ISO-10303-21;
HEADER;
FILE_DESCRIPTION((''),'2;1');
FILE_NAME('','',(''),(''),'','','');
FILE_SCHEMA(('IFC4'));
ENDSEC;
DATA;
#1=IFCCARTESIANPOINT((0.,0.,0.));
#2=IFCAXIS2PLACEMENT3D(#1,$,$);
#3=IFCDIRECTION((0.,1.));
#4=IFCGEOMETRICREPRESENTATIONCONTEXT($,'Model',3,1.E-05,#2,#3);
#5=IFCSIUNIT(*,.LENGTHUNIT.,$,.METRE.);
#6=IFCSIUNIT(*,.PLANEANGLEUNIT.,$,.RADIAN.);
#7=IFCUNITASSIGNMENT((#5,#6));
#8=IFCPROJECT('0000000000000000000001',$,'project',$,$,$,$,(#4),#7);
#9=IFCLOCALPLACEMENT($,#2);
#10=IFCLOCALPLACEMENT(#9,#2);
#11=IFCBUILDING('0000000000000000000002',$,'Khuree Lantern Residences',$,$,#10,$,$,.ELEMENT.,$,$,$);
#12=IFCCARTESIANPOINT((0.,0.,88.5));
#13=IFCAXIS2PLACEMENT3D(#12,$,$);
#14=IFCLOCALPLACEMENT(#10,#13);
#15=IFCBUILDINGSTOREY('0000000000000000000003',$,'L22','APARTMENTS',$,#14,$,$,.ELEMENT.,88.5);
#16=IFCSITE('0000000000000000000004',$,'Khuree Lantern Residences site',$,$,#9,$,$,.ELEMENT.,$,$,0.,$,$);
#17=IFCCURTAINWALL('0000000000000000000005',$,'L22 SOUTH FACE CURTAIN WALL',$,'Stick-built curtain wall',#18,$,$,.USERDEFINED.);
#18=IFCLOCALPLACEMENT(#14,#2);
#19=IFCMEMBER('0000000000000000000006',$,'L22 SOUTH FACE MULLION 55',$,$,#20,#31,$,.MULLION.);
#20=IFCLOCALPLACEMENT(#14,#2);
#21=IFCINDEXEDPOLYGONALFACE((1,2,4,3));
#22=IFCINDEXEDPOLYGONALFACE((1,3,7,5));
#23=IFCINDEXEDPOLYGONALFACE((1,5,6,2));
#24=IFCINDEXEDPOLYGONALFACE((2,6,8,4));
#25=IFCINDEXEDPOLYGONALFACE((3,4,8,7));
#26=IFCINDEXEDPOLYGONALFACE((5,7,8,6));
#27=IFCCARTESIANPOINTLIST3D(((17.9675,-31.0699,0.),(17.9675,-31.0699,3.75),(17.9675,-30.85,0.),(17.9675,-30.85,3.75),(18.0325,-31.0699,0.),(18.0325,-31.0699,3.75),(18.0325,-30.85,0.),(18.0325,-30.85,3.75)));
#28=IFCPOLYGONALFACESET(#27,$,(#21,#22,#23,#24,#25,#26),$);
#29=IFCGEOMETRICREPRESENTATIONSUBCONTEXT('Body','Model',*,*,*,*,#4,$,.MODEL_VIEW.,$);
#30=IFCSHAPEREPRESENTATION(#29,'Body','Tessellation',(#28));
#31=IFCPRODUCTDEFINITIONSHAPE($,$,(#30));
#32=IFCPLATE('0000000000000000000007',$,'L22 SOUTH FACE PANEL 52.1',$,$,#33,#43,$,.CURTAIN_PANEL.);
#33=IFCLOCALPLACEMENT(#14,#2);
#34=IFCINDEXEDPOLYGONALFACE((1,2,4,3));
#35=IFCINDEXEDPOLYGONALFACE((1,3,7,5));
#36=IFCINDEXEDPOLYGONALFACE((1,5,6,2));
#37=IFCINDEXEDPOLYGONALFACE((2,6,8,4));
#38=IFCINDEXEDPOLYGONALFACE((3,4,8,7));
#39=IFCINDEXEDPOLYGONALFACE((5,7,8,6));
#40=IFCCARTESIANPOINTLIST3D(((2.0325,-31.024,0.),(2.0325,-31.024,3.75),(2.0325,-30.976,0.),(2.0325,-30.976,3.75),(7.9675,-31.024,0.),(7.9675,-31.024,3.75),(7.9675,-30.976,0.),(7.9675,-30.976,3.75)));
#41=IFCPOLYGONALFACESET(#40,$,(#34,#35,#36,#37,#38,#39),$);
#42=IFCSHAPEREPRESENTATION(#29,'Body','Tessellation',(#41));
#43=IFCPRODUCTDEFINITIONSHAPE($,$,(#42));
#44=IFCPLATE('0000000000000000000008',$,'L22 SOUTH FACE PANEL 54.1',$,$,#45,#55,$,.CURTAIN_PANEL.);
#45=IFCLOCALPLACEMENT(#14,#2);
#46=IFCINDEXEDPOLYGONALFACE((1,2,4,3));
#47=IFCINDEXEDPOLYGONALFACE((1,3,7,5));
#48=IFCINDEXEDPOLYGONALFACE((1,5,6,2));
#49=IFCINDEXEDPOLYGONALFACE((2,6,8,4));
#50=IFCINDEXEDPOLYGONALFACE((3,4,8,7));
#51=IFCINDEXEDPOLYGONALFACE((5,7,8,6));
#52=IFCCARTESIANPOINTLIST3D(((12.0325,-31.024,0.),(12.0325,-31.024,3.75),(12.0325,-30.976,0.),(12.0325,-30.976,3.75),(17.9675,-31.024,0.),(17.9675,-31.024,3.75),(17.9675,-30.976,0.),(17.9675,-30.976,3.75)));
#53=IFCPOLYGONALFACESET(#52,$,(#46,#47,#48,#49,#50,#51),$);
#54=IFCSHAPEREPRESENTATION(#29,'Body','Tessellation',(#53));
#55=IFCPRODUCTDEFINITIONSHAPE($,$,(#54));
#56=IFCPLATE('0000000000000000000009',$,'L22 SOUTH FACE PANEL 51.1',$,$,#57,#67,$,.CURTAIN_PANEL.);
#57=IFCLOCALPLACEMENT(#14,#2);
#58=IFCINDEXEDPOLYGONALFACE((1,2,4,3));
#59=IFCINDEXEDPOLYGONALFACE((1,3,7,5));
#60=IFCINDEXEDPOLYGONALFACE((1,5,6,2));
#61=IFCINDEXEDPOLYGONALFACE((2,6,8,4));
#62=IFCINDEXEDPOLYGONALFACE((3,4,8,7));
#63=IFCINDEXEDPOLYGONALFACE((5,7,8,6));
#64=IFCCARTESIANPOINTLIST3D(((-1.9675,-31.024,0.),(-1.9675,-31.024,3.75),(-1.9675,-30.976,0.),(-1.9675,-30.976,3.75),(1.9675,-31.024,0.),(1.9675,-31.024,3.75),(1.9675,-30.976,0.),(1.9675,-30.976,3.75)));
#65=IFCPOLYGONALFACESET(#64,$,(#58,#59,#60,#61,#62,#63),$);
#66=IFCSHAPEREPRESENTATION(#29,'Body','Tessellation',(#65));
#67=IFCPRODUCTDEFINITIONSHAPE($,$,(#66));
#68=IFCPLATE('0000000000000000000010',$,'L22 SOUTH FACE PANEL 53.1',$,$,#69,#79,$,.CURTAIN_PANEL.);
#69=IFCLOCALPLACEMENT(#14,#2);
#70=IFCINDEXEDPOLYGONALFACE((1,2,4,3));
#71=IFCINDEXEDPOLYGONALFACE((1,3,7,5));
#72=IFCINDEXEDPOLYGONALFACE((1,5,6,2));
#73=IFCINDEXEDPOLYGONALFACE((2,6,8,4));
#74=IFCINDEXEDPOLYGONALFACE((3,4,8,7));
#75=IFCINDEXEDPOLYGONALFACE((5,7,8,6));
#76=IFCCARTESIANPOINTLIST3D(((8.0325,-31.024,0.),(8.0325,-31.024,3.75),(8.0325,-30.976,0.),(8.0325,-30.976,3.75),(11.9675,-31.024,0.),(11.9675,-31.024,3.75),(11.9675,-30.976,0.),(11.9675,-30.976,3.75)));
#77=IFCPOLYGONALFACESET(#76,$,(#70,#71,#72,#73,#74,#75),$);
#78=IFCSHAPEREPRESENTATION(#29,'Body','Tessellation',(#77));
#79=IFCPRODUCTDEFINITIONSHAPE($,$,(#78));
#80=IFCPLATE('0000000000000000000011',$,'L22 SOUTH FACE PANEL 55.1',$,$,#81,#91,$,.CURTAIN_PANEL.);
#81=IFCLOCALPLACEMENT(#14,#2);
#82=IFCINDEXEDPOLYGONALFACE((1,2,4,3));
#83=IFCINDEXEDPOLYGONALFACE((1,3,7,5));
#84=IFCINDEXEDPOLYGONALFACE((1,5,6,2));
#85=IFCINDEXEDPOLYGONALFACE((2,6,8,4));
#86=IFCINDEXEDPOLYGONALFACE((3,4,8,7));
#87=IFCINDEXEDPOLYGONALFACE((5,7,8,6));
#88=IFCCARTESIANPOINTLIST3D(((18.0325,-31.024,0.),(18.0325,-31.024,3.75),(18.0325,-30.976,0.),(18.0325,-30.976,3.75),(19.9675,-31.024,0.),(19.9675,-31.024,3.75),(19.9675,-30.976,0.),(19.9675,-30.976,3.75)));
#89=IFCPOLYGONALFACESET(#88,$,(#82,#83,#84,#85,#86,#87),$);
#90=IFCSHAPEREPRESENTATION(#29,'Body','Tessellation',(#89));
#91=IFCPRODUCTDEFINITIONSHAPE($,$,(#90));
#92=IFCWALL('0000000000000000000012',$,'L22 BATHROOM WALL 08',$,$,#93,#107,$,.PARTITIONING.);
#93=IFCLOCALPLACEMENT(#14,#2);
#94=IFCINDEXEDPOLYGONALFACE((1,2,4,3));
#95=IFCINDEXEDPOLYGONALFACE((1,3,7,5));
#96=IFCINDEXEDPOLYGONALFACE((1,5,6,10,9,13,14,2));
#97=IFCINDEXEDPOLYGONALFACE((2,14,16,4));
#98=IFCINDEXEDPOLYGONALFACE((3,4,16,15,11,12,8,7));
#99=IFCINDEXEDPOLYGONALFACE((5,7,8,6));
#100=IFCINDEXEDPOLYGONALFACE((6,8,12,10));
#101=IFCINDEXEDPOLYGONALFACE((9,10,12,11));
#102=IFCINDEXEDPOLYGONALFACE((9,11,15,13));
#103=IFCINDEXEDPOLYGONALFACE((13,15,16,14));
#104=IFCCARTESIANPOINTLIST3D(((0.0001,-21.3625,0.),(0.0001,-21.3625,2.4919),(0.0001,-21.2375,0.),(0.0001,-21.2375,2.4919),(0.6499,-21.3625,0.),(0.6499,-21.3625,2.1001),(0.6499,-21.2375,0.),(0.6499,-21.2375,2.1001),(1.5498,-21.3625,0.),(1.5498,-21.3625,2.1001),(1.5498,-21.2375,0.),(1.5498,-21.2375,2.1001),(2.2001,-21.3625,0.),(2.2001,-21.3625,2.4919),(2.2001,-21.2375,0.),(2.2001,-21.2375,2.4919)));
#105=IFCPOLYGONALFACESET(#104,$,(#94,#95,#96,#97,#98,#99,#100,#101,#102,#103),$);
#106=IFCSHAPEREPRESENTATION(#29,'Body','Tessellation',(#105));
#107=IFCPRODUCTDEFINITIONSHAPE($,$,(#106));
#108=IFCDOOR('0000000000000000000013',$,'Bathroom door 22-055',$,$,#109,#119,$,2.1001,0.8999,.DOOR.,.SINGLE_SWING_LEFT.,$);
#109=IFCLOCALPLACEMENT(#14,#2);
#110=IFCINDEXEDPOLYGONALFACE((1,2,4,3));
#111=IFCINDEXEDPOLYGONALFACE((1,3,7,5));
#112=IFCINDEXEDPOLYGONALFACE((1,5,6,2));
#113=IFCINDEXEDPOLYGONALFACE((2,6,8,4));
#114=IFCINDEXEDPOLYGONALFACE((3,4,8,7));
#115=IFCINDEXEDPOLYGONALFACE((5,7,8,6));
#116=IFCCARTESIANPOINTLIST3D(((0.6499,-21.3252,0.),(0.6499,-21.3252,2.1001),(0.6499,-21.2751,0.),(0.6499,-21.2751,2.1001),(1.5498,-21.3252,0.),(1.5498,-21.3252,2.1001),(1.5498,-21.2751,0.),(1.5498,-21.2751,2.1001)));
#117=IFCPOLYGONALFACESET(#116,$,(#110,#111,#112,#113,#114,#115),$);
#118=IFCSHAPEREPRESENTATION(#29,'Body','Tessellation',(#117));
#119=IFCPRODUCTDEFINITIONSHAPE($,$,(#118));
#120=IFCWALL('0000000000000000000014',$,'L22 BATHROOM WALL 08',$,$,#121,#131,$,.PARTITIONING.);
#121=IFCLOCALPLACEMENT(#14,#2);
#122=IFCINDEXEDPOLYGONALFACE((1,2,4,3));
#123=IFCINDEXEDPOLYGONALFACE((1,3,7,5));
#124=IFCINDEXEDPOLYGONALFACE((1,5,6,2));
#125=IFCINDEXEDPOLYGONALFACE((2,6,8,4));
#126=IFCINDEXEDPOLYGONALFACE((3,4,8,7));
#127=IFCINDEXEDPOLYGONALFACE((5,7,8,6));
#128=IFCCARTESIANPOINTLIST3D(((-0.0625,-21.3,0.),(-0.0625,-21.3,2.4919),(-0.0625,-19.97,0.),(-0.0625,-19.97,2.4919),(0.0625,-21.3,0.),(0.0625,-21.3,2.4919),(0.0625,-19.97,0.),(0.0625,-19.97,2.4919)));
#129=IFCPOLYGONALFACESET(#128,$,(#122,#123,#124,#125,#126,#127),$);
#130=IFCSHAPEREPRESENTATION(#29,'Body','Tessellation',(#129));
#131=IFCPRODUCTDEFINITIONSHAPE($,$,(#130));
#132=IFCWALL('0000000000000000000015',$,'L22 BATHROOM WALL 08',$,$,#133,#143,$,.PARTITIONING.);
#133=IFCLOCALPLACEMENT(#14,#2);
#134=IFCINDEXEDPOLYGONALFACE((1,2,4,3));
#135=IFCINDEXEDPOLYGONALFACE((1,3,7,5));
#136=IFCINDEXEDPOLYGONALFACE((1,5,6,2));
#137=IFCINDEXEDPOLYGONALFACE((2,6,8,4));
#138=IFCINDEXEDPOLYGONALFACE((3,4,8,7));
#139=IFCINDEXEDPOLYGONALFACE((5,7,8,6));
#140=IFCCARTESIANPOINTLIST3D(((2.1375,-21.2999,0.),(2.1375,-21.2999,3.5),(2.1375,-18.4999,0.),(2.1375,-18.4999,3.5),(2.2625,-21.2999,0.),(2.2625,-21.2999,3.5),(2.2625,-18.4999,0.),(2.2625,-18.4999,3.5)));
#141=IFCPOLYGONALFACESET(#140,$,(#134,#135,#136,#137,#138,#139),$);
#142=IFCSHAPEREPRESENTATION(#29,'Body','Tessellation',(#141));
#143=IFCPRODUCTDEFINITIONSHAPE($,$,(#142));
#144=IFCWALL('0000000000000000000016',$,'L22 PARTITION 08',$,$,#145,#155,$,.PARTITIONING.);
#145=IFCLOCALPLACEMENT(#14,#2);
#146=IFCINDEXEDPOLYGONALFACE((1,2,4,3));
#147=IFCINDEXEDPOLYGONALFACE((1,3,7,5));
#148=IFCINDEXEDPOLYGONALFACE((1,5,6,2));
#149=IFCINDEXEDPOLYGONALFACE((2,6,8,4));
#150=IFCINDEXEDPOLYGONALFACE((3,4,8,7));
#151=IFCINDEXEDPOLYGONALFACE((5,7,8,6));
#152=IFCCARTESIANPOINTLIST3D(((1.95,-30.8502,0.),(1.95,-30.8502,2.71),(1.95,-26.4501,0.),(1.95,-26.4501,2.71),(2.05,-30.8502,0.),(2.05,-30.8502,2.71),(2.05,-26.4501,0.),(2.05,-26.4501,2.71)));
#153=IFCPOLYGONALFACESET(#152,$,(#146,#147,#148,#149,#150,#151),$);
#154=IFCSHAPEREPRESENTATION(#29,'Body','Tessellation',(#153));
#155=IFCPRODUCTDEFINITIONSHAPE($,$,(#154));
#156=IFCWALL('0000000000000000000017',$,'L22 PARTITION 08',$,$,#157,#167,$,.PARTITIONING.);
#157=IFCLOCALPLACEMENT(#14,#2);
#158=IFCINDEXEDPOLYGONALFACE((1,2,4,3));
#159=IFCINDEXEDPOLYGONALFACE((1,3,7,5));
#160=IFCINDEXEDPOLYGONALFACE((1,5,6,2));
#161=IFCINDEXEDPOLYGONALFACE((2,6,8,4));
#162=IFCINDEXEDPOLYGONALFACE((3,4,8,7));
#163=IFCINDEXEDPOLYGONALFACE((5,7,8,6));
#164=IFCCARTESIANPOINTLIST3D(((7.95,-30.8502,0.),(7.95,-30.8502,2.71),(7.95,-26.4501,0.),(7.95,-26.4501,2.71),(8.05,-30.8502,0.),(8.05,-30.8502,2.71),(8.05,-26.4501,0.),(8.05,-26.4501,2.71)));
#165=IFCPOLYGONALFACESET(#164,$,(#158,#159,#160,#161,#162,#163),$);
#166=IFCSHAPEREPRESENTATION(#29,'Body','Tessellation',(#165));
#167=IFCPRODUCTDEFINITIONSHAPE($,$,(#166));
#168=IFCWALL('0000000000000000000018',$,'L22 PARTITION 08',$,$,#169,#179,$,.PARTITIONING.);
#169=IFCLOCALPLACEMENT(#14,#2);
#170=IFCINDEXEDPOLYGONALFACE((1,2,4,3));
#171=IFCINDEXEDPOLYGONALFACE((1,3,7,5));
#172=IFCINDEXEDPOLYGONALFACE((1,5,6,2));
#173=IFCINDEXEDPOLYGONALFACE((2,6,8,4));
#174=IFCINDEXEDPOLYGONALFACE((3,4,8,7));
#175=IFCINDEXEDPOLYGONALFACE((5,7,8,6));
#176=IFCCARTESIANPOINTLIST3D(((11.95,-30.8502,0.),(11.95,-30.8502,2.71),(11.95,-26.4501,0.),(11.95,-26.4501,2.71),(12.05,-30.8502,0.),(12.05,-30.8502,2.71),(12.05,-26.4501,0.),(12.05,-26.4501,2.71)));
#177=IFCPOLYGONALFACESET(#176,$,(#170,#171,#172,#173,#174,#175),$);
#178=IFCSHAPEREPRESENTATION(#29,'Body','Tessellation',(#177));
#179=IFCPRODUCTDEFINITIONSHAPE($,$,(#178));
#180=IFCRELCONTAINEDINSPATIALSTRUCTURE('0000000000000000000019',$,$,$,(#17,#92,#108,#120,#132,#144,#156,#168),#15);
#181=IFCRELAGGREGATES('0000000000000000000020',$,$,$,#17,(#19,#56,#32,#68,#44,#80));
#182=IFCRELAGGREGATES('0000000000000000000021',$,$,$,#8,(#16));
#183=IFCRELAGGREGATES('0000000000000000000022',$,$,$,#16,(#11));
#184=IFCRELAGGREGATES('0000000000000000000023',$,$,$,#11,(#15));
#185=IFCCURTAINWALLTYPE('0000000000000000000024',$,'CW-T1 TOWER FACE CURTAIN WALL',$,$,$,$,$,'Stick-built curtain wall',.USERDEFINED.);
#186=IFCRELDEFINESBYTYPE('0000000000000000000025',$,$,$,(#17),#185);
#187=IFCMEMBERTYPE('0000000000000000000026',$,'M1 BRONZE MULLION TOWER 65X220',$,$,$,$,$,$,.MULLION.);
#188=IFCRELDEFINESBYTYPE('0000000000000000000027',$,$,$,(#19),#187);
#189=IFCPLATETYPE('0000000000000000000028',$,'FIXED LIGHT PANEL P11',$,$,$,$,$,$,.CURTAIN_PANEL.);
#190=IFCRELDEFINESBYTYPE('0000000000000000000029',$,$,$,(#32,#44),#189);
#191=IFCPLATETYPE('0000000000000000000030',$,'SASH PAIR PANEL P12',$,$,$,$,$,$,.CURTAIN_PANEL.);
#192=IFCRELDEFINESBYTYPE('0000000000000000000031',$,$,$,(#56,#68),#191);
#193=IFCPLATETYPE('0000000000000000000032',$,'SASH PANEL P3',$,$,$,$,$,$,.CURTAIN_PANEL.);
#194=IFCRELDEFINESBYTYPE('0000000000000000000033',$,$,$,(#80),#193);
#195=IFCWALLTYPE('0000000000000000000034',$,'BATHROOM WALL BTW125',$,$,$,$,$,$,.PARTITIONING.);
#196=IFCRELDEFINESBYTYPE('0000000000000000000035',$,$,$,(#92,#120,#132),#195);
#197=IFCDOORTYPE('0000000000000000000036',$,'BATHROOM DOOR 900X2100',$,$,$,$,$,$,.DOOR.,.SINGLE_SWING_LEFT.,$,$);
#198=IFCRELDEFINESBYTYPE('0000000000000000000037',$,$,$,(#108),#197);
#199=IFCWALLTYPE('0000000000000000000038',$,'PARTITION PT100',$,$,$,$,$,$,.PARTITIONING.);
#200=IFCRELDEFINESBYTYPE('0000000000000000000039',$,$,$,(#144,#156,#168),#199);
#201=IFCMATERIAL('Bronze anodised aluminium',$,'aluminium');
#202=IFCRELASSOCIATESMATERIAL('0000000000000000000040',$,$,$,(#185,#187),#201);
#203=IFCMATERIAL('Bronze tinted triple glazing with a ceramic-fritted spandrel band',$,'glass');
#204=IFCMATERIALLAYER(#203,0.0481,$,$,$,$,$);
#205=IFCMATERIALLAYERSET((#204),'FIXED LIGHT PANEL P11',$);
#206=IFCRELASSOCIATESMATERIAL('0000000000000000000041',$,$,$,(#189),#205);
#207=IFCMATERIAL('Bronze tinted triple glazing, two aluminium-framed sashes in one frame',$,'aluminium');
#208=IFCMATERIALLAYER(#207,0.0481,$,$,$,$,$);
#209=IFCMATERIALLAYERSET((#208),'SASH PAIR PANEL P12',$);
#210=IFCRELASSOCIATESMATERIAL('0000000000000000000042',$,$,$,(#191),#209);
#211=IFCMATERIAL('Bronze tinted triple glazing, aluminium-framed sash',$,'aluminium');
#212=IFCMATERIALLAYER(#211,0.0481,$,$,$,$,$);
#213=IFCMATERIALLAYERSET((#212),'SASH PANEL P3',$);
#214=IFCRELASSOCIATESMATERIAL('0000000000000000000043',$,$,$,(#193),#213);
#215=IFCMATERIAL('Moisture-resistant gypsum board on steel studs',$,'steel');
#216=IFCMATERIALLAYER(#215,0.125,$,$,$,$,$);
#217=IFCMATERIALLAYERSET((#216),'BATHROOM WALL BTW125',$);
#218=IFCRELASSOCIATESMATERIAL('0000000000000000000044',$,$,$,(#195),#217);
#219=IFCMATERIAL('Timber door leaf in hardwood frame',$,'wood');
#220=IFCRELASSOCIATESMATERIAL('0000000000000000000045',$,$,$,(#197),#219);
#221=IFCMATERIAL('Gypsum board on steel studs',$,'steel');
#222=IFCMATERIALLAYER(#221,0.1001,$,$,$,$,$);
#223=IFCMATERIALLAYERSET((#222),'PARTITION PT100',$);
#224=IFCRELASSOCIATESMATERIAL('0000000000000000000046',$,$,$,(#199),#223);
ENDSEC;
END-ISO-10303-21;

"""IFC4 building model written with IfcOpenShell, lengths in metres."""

from ifc_helpers import new_model, si_unit, direction, frame, frame_2d, origin, origin_2d, place, context, subcontext, project, spatial, rectangle, extrude, material, layer, layer_set, material_profile, profile_set, type_object, element, fill, aggregate, save


model = new_model("IFC4")

# Units and contexts
model_context = context("Model", 3, precision=1e-05, world=origin(), true_north=direction((0.0, 1.0)))
body_context = subcontext(model_context, "Body", "Model", "MODEL_VIEW")
ifc_project = project(units=[si_unit("LENGTHUNIT", "METRE"), si_unit("PLANEANGLEUNIT", "RADIAN")], contexts=[model_context])

# Site, building, storey
site_placement = place(None, origin())
site = spatial("IfcSite", under=ifc_project, at=site_placement, Name="Khuree Lantern Residences site", CompositionType="ELEMENT", RefElevation=0.0)
building_placement = place(site_placement, origin())
building = spatial("IfcBuilding", under=site, at=building_placement, Name="Khuree Lantern Residences", CompositionType="ELEMENT")
storey_placement = place(building_placement, frame((0.0, 0.0, 88.5)))
storey = spatial("IfcBuildingStorey", under=building, at=storey_placement, Name="L22", Description="APARTMENTS", CompositionType="ELEMENT", Elevation=88.5)

# Curtain wall
ifc_material_1 = material(Name="Bronze anodised aluminium", Category="aluminium")
curtain_wall_type = type_object("IfcCurtainWallType", Name="CW-T1 TOWER FACE CURTAIN WALL", ElementType="Stick-built curtain wall", PredefinedType="USERDEFINED", material=ifc_material_1)
curtain_wall_placement = place(storey_placement, origin())
curtain_wall = element("IfcCurtainWall", 1, at=curtain_wall_placement, inside=storey, type_object=curtain_wall_type, Name="L22 SOUTH FACE CURTAIN WALL", ObjectType="Stick-built curtain wall", PredefinedType="USERDEFINED")

# Member
ifc_material_profile_1 = material_profile(ifc_material_1, rectangle(XDim=0.0649, YDim=0.22, at=origin_2d()), Name="M1 65X220")
ifc_profile_set_1 = profile_set([ifc_material_profile_1], Name="Bronze anodised aluminium")
member_type_1 = type_object("IfcMemberType", Name="M1 BRONZE MULLION TOWER 65X220", PredefinedType="MULLION", material=ifc_profile_set_1)
member_1_placement = place(storey_placement, frame((18.0, -30.96, 0.0), z_axis=(0.0, 0.0, 1.0), x_axis=(1.0, 0.0, 0.0)))
member_1 = element("IfcMember", 2, at=member_1_placement, type_object=member_type_1, Name="L22 SOUTH FACE MULLION 55", PredefinedType="MULLION", context=body_context, shape_type="SweptSolid", body=[
    extrude(rectangle(XDim=0.0649, YDim=0.22, at=origin_2d()), origin(), (0.0, 0.0, 1.0), 3.75),
])

# Plates
ifc_material_2 = material(Name="Bronze tinted triple glazing with a ceramic-fritted spandrel band", Category="glass")
ifc_layer_1 = layer(ifc_material_2, 0.0481)
ifc_layer_set_1 = layer_set([ifc_layer_1], Name="FIXED LIGHT PANEL P11")
plate_type_1 = type_object("IfcPlateType", Name="FIXED LIGHT PANEL P11", PredefinedType="CURTAIN_PANEL", material=ifc_layer_set_1)
plate_1_placement = place(storey_placement, frame((5.0, -31.0, 0.0), z_axis=(0.0, 0.0, 1.0), x_axis=(1.0, 0.0, 0.0)))
plate_1 = element("IfcPlate", 3, at=plate_1_placement, type_object=plate_type_1, Name="L22 SOUTH FACE PANEL 52.1", PredefinedType="CURTAIN_PANEL", context=body_context, shape_type="SweptSolid", body=[
    extrude(rectangle(XDim=5.9351, YDim=0.0481, at=origin_2d()), origin(), (0.0, 0.0, 1.0), 3.75),
])
plate_2_placement = place(storey_placement, frame((15.0, -31.0, 0.0), z_axis=(0.0, 0.0, 1.0), x_axis=(1.0, 0.0, 0.0)))
plate_2 = element("IfcPlate", 4, at=plate_2_placement, type_object=plate_type_1, Name="L22 SOUTH FACE PANEL 54.1", PredefinedType="CURTAIN_PANEL", context=body_context, shape_type="SweptSolid", body=[
    extrude(rectangle(XDim=5.9351, YDim=0.0481, at=origin_2d()), origin(), (0.0, 0.0, 1.0), 3.75),
])
ifc_material_3 = material(Name="Bronze tinted triple glazing, two aluminium-framed sashes in one frame", Category="aluminium")
ifc_layer_2 = layer(ifc_material_3, 0.0481)
ifc_layer_set_2 = layer_set([ifc_layer_2], Name="SASH PAIR PANEL P12")
plate_type_2 = type_object("IfcPlateType", Name="SASH PAIR PANEL P12", PredefinedType="CURTAIN_PANEL", material=ifc_layer_set_2)
plate_3_placement = place(storey_placement, frame((0.0, -31.0, 0.0), z_axis=(0.0, 0.0, 1.0), x_axis=(1.0, 0.0, 0.0)))
plate_3 = element("IfcPlate", 5, at=plate_3_placement, type_object=plate_type_2, Name="L22 SOUTH FACE PANEL 51.1", PredefinedType="CURTAIN_PANEL", context=body_context, shape_type="SweptSolid", body=[
    extrude(rectangle(XDim=3.9351, YDim=0.0481, at=origin_2d()), origin(), (0.0, 0.0, 1.0), 3.75),
])
plate_4_placement = place(storey_placement, frame((10.0, -31.0, 0.0), z_axis=(0.0, 0.0, 1.0), x_axis=(1.0, 0.0, 0.0)))
plate_4 = element("IfcPlate", 6, at=plate_4_placement, type_object=plate_type_2, Name="L22 SOUTH FACE PANEL 53.1", PredefinedType="CURTAIN_PANEL", context=body_context, shape_type="SweptSolid", body=[
    extrude(rectangle(XDim=3.9351, YDim=0.0481, at=origin_2d()), origin(), (0.0, 0.0, 1.0), 3.75),
])
ifc_material_4 = material(Name="Bronze tinted triple glazing, aluminium-framed sash", Category="aluminium")
ifc_layer_3 = layer(ifc_material_4, 0.0481)
ifc_layer_set_3 = layer_set([ifc_layer_3], Name="SASH PANEL P3")
plate_type_3 = type_object("IfcPlateType", Name="SASH PANEL P3", PredefinedType="CURTAIN_PANEL", material=ifc_layer_set_3)
plate_5_placement = place(storey_placement, frame((19.0, -31.0, 0.0), z_axis=(0.0, 0.0, 1.0), x_axis=(1.0, 0.0, 0.0)))
plate_5 = element("IfcPlate", 7, at=plate_5_placement, type_object=plate_type_3, Name="L22 SOUTH FACE PANEL 55.1", PredefinedType="CURTAIN_PANEL", context=body_context, shape_type="SweptSolid", body=[
    extrude(rectangle(XDim=1.9351, YDim=0.0481, at=origin_2d()), origin(), (0.0, 0.0, 1.0), 3.75),
])
aggregate(curtain_wall, [member_1, plate_3, plate_1, plate_4, plate_2, plate_5])

# Wall, opening, door
ifc_material_5 = material(Name="Moisture-resistant gypsum board on steel studs", Category="steel")
ifc_layer_4 = layer(ifc_material_5, 0.125)
ifc_layer_set_4 = layer_set([ifc_layer_4], Name="BATHROOM WALL BTW125")
wall_type_1 = type_object("IfcWallType", Name="BATHROOM WALL BTW125", PredefinedType="PARTITIONING", material=ifc_layer_set_4)
wall_1_placement = place(storey_placement, frame((0.0, -21.3, 0.0), z_axis=(0.0, 0.0, 1.0), x_axis=(1.0, 0.0, 0.0)))
wall_1 = element("IfcWall", 8, at=wall_1_placement, inside=storey, type_object=wall_type_1, Name="L22 BATHROOM WALL 08", PredefinedType="PARTITIONING", context=body_context, shape_type="SweptSolid", body=[
    extrude(rectangle(XDim=2.2, YDim=0.125, at=frame_2d((1.1001, 0.0))), origin(), (0.0, 0.0, 1.0), 2.4919),
])
opening_1_placement = place(wall_1_placement, frame((0.6499, 0.0, 0.0)))
opening_1 = element("IfcOpeningElement", 9, at=opening_1_placement, cuts=wall_1, PredefinedType="OPENING", context=body_context, shape_type="SweptSolid", body=[
    extrude(rectangle(XDim=0.8999, YDim=2.1001, at=frame_2d((0.45, 1.05))), frame((0.0, 0.0725, 0.0), z_axis=(0.0, -1.0, 0.0), x_axis=(1.0, 0.0, 0.0)), (0.0, 0.0, 1.0), 0.145),
])
ifc_material_6 = material(Name="Timber door leaf in hardwood frame", Category="wood")
door_type_1 = type_object("IfcDoorType", Name="BATHROOM DOOR 900X2100", OperationType="SINGLE_SWING_LEFT", PredefinedType="DOOR", material=ifc_material_6)
door_1_placement = place(opening_1_placement, origin())
door_1 = element("IfcDoor", 10, at=door_1_placement, inside=storey, type_object=door_type_1, Name="Bathroom door 22-055", OperationType="SINGLE_SWING_LEFT", OverallHeight=2.1001, OverallWidth=0.8999, PredefinedType="DOOR", context=body_context, shape_type="SweptSolid", body=[
    extrude(rectangle(XDim=0.8999, YDim=2.1001, at=frame_2d((0.45, 1.05))), frame((0.0, 0.0249, 0.0), z_axis=(0.0, -1.0, 0.0), x_axis=(1.0, 0.0, 0.0)), (0.0, 0.0, 1.0), 0.05),
])
fill(opening_1, door_1)

# Walls
wall_2_placement = place(storey_placement, frame((0.0, -19.97, 0.0), z_axis=(0.0, 0.0, 1.0), x_axis=(0.0, -1.0, 0.0)))
element("IfcWall", 11, at=wall_2_placement, inside=storey, type_object=wall_type_1, Name="L22 BATHROOM WALL 08", PredefinedType="PARTITIONING", context=body_context, shape_type="SweptSolid", body=[
    extrude(rectangle(XDim=1.3301, YDim=0.125, at=frame_2d((0.665, 0.0))), origin(), (0.0, 0.0, 1.0), 2.4919),
])
wall_3_placement = place(storey_placement, frame((2.2, -18.5, 0.0), z_axis=(0.0, 0.0, 1.0), x_axis=(0.0, -1.0, 0.0)))
element("IfcWall", 12, at=wall_3_placement, inside=storey, type_object=wall_type_1, Name="L22 BATHROOM WALL 08", PredefinedType="PARTITIONING", context=body_context, shape_type="SweptSolid", body=[
    extrude(rectangle(XDim=2.8, YDim=0.125, at=frame_2d((1.3999, 0.0))), origin(), (0.0, 0.0, 1.0), 3.5),
])
ifc_material_7 = material(Name="Gypsum board on steel studs", Category="steel")
ifc_layer_5 = layer(ifc_material_7, 0.1001)
ifc_layer_set_5 = layer_set([ifc_layer_5], Name="PARTITION PT100")
wall_type_2 = type_object("IfcWallType", Name="PARTITION PT100", PredefinedType="PARTITIONING", material=ifc_layer_set_5)
for number, where, z_axis, x_axis, name in (
    (13, (2.0, -26.45, 0.0), (0.0, 0.0, 1.0), (0.0, -1.0, 0.0), "L22 PARTITION 08"),
    (14, (8.0, -26.45, 0.0), (0.0, 0.0, 1.0), (0.0, -1.0, 0.0), "L22 PARTITION 08"),
    (15, (12.0, -26.45, 0.0), (0.0, 0.0, 1.0), (0.0, -1.0, 0.0), "L22 PARTITION 08"),
):
    element("IfcWall", number, at=place(storey_placement, frame(where, z_axis=z_axis, x_axis=x_axis)), inside=storey, type_object=wall_type_2, Name=name, PredefinedType="PARTITIONING", context=body_context, shape_type="SweptSolid", body=[
        extrude(rectangle(XDim=4.4001, YDim=0.1001, at=frame_2d((2.2002, 0.0))), origin(), (0.0, 0.0, 1.0), 2.71),
    ])

save(model, "model.ifc")
